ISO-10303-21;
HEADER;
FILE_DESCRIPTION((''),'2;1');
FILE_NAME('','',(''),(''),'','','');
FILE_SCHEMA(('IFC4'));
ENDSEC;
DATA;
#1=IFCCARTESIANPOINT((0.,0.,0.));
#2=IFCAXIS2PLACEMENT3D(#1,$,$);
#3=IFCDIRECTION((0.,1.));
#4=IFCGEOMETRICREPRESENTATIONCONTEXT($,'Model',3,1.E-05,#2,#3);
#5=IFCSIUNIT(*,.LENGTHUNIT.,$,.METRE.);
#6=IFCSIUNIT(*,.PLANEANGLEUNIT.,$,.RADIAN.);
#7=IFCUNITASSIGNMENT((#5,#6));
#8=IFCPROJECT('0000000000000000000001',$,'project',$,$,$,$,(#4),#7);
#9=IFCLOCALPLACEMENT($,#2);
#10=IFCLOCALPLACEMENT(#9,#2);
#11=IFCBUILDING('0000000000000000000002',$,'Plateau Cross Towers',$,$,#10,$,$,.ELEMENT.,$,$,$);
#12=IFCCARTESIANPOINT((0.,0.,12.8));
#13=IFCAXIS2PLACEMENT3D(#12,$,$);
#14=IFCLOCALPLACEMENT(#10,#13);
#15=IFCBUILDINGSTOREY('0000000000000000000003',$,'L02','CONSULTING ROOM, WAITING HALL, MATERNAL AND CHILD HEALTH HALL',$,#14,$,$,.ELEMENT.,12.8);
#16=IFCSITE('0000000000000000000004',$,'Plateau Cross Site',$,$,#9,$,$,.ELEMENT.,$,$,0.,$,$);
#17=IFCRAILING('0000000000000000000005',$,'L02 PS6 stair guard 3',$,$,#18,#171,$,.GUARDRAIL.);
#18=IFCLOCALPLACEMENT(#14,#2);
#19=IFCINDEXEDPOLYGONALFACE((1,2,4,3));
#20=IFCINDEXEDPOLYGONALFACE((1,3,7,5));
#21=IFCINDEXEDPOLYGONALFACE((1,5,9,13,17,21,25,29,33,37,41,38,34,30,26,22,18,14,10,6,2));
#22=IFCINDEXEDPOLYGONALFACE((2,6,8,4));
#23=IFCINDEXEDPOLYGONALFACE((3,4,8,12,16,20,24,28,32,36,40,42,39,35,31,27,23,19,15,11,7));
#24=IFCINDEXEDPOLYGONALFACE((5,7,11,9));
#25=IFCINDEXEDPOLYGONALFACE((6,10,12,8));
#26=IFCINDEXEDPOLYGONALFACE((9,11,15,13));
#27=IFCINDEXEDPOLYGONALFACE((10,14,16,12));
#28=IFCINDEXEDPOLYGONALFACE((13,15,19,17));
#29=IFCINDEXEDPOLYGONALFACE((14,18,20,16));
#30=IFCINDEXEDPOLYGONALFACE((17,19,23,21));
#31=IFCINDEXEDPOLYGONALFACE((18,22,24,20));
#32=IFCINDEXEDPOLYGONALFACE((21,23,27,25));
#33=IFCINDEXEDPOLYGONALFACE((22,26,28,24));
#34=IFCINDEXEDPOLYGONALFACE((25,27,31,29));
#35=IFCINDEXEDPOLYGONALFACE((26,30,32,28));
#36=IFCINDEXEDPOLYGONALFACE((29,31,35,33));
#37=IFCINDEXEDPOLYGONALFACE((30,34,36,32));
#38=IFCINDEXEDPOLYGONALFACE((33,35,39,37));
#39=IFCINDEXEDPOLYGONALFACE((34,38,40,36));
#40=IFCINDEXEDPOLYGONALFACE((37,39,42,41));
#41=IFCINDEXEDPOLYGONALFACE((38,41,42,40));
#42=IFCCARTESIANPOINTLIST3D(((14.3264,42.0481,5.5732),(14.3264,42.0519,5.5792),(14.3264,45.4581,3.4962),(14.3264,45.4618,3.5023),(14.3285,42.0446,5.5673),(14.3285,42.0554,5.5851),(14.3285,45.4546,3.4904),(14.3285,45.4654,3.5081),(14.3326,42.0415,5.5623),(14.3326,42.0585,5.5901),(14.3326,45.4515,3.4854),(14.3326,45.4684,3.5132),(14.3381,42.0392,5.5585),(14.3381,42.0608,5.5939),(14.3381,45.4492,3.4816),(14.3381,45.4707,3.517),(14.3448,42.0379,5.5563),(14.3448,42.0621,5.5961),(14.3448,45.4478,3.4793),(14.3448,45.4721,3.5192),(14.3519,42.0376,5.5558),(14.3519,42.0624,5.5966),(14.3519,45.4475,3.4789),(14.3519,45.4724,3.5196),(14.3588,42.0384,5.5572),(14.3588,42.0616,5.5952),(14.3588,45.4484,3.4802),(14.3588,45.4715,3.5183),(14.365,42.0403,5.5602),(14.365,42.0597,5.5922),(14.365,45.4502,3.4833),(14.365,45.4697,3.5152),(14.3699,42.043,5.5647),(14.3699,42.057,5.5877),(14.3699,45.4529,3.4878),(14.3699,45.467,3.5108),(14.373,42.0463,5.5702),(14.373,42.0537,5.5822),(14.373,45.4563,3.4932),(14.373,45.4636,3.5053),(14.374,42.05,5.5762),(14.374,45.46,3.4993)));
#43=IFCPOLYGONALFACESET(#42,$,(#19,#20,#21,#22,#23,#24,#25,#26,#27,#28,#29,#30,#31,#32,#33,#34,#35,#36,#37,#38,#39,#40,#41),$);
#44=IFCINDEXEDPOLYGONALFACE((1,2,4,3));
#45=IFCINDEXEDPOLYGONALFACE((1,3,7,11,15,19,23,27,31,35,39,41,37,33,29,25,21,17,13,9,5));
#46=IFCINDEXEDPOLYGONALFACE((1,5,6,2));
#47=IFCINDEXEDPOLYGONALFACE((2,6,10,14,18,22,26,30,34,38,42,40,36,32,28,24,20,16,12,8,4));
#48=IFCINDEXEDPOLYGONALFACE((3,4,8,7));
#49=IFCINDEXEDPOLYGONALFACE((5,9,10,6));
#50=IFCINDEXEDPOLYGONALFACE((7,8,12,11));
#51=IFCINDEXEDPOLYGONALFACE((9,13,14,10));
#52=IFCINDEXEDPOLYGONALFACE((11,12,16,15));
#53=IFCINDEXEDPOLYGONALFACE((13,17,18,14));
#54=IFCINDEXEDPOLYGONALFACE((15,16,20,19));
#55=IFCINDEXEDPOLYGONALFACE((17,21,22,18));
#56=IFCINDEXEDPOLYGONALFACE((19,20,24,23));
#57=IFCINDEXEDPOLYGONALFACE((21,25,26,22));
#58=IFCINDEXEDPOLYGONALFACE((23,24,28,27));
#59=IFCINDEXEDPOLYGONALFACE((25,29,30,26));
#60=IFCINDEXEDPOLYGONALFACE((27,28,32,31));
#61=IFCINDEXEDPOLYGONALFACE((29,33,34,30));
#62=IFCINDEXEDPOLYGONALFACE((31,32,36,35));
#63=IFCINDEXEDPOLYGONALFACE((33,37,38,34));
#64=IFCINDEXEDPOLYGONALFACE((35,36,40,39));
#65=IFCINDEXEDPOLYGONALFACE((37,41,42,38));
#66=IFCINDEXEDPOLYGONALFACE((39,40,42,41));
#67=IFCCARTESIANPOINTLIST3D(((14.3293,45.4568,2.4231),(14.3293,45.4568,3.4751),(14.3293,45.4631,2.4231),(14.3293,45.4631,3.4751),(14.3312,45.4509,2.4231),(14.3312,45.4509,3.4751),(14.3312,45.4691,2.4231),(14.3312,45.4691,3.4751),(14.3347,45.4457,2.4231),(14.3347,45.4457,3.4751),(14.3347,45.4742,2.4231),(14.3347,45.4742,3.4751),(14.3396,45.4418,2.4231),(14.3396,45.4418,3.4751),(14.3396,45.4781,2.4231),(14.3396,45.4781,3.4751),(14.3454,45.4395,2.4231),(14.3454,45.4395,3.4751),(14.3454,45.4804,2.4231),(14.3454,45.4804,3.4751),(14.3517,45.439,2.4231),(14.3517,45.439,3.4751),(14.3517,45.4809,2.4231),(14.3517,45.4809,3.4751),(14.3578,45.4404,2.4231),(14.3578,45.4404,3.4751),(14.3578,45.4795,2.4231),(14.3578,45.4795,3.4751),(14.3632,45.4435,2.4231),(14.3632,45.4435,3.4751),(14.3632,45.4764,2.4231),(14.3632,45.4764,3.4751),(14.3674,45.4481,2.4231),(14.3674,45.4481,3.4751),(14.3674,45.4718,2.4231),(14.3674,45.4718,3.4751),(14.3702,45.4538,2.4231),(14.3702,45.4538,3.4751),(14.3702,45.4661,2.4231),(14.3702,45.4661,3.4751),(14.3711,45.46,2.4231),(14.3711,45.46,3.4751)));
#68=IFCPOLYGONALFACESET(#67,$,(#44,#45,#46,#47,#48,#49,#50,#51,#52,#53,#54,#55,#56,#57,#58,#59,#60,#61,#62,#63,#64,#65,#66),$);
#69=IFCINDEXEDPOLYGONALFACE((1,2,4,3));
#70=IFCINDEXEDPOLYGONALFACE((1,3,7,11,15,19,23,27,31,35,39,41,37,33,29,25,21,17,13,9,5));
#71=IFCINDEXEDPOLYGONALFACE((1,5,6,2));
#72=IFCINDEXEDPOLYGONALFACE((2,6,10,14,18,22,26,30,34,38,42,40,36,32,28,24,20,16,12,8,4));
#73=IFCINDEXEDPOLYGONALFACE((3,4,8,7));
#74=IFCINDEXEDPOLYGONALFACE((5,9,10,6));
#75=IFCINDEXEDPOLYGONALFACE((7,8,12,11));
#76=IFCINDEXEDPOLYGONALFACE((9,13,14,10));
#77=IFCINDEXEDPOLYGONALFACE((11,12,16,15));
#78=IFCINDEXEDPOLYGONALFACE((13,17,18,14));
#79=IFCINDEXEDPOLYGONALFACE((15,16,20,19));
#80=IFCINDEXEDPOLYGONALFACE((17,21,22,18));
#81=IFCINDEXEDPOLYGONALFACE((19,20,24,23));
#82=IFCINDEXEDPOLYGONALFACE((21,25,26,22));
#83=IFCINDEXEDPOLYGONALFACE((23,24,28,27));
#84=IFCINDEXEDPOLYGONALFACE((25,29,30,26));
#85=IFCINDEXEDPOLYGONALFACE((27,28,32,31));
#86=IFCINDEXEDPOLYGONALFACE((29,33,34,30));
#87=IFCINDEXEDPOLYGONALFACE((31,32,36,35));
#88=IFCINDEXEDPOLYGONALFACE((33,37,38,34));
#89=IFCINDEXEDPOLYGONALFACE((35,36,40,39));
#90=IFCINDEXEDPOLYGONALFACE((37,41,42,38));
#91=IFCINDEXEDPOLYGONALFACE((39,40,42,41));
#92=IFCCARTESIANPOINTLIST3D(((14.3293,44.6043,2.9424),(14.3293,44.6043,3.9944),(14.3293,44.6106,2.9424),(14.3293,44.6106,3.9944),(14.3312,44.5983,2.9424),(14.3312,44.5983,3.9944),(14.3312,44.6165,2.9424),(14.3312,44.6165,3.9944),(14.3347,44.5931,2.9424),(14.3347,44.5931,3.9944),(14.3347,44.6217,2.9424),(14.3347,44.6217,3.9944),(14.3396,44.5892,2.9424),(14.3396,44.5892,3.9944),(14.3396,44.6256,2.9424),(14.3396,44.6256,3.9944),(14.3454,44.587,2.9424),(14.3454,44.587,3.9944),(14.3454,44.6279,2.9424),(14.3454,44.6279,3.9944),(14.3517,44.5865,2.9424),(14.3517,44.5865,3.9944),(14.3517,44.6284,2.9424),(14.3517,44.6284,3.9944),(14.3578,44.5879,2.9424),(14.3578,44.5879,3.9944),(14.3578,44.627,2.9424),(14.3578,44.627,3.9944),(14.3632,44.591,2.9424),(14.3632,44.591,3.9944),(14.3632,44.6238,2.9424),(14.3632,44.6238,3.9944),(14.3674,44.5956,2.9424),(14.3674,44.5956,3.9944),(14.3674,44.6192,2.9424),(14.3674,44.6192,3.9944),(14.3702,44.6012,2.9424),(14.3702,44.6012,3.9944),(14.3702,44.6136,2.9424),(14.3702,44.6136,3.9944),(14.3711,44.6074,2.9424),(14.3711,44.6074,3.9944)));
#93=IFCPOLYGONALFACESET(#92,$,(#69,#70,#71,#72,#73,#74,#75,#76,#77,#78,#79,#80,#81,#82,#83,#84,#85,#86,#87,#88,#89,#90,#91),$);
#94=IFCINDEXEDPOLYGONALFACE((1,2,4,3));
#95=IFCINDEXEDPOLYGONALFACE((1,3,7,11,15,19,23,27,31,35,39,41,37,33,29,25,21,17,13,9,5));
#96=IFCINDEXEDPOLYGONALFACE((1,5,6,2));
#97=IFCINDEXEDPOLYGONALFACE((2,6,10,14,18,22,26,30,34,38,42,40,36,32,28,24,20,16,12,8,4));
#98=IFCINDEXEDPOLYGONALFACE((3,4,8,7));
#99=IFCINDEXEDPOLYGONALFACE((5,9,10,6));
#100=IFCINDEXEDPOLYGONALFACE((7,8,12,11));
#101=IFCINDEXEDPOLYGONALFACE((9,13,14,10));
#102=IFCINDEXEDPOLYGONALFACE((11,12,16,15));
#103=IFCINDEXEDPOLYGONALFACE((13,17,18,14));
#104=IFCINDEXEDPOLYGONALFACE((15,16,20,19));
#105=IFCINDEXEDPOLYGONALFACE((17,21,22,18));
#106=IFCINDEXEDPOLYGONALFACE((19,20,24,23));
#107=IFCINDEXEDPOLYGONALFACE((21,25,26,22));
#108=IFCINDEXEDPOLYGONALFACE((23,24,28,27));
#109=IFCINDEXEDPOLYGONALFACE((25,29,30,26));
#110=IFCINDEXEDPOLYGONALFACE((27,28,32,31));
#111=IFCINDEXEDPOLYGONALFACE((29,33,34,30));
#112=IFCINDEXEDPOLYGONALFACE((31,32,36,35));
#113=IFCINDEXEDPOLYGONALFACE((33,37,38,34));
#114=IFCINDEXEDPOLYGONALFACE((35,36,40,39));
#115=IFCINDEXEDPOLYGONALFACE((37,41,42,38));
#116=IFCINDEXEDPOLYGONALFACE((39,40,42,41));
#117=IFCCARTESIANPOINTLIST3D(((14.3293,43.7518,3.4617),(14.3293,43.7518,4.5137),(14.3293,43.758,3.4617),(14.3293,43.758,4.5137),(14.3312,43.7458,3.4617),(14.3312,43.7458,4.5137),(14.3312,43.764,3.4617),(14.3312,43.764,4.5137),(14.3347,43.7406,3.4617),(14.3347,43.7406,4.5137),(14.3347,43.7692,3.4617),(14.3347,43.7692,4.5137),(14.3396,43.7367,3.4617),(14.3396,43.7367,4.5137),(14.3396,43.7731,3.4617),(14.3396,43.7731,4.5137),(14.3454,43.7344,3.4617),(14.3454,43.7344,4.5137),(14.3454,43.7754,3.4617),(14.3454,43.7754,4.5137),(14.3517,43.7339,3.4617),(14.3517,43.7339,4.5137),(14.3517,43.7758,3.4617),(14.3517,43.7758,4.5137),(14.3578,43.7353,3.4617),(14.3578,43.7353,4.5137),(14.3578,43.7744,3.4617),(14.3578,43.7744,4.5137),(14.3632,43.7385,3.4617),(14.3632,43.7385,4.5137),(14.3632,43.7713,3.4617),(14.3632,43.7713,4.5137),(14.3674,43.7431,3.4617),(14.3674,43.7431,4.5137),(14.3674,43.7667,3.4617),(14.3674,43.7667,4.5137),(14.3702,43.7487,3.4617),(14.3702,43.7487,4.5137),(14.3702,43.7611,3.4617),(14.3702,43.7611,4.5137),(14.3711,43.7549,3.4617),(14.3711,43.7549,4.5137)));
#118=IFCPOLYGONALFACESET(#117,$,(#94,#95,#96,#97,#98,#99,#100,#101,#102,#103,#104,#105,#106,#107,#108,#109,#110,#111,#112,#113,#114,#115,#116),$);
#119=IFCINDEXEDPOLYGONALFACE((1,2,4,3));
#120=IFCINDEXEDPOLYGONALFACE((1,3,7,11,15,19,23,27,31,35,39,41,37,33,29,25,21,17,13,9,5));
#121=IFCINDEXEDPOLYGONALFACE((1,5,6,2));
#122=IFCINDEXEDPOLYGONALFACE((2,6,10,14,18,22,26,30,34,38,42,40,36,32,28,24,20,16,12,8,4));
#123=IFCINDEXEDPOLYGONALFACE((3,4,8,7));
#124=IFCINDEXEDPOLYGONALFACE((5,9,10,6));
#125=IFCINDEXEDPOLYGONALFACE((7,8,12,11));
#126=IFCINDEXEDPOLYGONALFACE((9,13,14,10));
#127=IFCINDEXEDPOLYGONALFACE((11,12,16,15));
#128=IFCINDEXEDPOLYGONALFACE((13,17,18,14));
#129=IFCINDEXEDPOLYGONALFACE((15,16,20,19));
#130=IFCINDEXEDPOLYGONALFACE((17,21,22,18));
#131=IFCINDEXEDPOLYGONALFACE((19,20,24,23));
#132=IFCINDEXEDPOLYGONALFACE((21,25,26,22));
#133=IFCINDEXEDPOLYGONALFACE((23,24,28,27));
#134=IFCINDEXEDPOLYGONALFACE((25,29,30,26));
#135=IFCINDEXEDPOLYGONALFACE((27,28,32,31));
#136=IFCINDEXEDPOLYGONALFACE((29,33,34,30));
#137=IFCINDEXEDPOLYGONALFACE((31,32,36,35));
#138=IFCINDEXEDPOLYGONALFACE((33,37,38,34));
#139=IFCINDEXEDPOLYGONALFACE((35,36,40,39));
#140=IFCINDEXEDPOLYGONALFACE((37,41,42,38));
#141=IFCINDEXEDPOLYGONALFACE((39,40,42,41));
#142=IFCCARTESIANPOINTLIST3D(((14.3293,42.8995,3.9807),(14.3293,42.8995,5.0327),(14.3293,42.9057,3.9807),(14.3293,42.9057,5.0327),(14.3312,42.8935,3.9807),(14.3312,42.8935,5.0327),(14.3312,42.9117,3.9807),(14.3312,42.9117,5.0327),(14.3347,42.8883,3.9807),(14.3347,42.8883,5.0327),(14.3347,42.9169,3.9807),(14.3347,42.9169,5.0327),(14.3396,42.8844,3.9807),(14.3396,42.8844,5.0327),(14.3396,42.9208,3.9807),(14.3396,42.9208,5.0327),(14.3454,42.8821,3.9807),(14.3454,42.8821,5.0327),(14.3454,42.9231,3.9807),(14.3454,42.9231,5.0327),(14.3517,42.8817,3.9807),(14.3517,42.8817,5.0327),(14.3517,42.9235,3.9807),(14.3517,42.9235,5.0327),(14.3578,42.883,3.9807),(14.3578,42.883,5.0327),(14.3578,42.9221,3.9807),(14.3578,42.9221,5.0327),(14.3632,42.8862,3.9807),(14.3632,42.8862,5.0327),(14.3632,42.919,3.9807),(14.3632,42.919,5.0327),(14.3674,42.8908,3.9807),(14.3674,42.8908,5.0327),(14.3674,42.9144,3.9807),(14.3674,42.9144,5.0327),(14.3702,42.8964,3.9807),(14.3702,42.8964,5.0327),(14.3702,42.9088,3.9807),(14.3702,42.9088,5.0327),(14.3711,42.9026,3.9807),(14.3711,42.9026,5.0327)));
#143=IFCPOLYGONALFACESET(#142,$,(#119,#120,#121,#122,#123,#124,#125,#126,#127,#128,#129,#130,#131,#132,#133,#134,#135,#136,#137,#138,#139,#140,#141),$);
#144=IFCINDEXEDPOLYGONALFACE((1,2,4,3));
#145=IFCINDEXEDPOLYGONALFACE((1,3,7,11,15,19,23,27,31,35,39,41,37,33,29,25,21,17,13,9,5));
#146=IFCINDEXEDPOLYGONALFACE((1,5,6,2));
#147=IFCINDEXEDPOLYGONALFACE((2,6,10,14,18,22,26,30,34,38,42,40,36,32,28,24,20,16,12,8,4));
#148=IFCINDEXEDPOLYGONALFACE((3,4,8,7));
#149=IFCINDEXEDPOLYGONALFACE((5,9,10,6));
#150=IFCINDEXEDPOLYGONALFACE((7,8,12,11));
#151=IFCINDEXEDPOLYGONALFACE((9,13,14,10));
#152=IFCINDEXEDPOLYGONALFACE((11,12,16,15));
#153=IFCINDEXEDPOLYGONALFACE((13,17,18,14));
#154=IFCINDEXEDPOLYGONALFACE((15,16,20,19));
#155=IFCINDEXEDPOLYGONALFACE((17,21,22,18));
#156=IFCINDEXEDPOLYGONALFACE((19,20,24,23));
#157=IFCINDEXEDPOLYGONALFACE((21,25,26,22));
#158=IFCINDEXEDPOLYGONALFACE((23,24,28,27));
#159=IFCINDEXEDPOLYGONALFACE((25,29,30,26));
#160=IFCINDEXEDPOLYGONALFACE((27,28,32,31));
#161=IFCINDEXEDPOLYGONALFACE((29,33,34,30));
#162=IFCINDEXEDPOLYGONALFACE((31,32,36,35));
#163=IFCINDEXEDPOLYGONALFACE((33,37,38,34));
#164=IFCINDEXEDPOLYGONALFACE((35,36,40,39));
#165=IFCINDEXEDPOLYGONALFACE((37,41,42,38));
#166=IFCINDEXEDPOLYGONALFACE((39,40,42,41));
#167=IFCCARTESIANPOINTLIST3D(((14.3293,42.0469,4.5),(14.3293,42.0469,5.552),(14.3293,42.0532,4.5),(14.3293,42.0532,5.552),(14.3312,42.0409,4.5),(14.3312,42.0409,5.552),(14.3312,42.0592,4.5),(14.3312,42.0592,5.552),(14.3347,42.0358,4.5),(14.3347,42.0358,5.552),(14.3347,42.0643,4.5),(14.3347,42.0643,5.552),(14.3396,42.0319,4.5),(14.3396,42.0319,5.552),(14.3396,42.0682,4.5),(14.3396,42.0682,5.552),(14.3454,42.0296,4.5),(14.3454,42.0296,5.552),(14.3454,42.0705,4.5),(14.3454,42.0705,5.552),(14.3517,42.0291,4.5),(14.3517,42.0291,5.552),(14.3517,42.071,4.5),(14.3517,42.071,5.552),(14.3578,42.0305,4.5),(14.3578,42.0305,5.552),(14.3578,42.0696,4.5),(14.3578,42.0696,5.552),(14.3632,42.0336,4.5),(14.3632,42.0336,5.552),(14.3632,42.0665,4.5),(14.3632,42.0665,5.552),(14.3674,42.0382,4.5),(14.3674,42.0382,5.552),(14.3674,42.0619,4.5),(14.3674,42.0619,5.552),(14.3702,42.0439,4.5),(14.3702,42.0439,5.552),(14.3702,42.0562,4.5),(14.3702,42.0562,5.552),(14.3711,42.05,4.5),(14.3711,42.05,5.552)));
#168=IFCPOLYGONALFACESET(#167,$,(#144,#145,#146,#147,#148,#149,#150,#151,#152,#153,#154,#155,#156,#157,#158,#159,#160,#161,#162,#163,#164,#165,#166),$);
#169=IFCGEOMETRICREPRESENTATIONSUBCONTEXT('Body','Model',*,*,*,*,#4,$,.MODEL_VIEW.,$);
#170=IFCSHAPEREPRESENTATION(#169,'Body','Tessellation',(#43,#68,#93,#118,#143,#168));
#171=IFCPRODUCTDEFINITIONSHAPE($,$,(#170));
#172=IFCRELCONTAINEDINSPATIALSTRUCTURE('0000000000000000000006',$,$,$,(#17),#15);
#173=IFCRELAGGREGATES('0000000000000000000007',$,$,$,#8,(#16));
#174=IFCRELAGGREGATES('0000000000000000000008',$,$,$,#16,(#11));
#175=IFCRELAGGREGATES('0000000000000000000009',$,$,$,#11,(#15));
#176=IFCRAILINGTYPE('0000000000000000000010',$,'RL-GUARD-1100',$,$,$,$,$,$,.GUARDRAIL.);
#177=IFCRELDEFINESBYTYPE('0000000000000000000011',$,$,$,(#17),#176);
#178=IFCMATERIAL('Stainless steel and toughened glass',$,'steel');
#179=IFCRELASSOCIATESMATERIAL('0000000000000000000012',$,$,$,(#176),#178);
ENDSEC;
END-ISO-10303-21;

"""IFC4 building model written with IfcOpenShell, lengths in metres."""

from ifc_helpers import new_model, si_unit, direction, frame, origin, origin_2d, place, context, subcontext, project, spatial, circle, extrude, material, type_object, element, save


model = new_model("IFC4")

# Units and contexts
model_context = context("Model", 3, precision=1e-05, world=origin(), true_north=direction((0.0, 1.0)))
body_context = subcontext(model_context, "Body", "Model", "MODEL_VIEW")
ifc_project = project(units=[si_unit("LENGTHUNIT", "METRE"), si_unit("PLANEANGLEUNIT", "RADIAN")], contexts=[model_context])

# Site, building, storey
site_placement = place(None, origin())
site = spatial("IfcSite", under=ifc_project, at=site_placement, Name="Plateau Cross Site", CompositionType="ELEMENT", RefElevation=0.0)
building_placement = place(site_placement, origin())
building = spatial("IfcBuilding", under=site, at=building_placement, Name="Plateau Cross Towers", CompositionType="ELEMENT")
storey_placement = place(building_placement, frame((0.0, 0.0, 12.8)))
storey = spatial("IfcBuildingStorey", under=building, at=storey_placement, Name="L02", Description="CONSULTING ROOM, WAITING HALL, MATERNAL AND CHILD HEALTH HALL", CompositionType="ELEMENT", Elevation=12.8)

# Railing
ifc_material_1 = material(Name="Stainless steel and toughened glass", Category="steel")
railing_type_1 = type_object("IfcRailingType", Name="RL-GUARD-1100", PredefinedType="GUARDRAIL", material=ifc_material_1)
railing_1_placement = place(storey_placement, frame((14.3501, 45.46, 2.4231)))
element("IfcRailing", 1, at=railing_1_placement, inside=storey, type_object=railing_type_1, Name="L02 PS6 stair guard 3", PredefinedType="GUARDRAIL", context=body_context, shape_type="SweptSolid", body=[
    extrude(circle(Radius=0.0239, at=origin_2d()), frame((0.0, 0.0, 1.0762), z_axis=(0.0, -0.854053, 0.520186), x_axis=(1.0, 0.0, 0.0)), (0.0, 0.0, 1.0), 3.9927),
    extrude(circle(Radius=0.021, at=origin_2d()), origin(), (0.0, 0.0, 1.0), 1.052),
    extrude(circle(Radius=0.021, at=origin_2d()), frame((0.0, -0.8525, 0.5193)), (0.0, 0.0, 1.0), 1.052),
    extrude(circle(Radius=0.021, at=origin_2d()), frame((0.0, -1.7051, 1.0386)), (0.0, 0.0, 1.0), 1.052),
    extrude(circle(Radius=0.021, at=origin_2d()), frame((0.0, -2.5574, 1.5576)), (0.0, 0.0, 1.0), 1.052),
    extrude(circle(Radius=0.021, at=origin_2d()), frame((0.0, -3.4099, 2.0769)), (0.0, 0.0, 1.0), 1.052),
])

save(model, "model.ifc")
